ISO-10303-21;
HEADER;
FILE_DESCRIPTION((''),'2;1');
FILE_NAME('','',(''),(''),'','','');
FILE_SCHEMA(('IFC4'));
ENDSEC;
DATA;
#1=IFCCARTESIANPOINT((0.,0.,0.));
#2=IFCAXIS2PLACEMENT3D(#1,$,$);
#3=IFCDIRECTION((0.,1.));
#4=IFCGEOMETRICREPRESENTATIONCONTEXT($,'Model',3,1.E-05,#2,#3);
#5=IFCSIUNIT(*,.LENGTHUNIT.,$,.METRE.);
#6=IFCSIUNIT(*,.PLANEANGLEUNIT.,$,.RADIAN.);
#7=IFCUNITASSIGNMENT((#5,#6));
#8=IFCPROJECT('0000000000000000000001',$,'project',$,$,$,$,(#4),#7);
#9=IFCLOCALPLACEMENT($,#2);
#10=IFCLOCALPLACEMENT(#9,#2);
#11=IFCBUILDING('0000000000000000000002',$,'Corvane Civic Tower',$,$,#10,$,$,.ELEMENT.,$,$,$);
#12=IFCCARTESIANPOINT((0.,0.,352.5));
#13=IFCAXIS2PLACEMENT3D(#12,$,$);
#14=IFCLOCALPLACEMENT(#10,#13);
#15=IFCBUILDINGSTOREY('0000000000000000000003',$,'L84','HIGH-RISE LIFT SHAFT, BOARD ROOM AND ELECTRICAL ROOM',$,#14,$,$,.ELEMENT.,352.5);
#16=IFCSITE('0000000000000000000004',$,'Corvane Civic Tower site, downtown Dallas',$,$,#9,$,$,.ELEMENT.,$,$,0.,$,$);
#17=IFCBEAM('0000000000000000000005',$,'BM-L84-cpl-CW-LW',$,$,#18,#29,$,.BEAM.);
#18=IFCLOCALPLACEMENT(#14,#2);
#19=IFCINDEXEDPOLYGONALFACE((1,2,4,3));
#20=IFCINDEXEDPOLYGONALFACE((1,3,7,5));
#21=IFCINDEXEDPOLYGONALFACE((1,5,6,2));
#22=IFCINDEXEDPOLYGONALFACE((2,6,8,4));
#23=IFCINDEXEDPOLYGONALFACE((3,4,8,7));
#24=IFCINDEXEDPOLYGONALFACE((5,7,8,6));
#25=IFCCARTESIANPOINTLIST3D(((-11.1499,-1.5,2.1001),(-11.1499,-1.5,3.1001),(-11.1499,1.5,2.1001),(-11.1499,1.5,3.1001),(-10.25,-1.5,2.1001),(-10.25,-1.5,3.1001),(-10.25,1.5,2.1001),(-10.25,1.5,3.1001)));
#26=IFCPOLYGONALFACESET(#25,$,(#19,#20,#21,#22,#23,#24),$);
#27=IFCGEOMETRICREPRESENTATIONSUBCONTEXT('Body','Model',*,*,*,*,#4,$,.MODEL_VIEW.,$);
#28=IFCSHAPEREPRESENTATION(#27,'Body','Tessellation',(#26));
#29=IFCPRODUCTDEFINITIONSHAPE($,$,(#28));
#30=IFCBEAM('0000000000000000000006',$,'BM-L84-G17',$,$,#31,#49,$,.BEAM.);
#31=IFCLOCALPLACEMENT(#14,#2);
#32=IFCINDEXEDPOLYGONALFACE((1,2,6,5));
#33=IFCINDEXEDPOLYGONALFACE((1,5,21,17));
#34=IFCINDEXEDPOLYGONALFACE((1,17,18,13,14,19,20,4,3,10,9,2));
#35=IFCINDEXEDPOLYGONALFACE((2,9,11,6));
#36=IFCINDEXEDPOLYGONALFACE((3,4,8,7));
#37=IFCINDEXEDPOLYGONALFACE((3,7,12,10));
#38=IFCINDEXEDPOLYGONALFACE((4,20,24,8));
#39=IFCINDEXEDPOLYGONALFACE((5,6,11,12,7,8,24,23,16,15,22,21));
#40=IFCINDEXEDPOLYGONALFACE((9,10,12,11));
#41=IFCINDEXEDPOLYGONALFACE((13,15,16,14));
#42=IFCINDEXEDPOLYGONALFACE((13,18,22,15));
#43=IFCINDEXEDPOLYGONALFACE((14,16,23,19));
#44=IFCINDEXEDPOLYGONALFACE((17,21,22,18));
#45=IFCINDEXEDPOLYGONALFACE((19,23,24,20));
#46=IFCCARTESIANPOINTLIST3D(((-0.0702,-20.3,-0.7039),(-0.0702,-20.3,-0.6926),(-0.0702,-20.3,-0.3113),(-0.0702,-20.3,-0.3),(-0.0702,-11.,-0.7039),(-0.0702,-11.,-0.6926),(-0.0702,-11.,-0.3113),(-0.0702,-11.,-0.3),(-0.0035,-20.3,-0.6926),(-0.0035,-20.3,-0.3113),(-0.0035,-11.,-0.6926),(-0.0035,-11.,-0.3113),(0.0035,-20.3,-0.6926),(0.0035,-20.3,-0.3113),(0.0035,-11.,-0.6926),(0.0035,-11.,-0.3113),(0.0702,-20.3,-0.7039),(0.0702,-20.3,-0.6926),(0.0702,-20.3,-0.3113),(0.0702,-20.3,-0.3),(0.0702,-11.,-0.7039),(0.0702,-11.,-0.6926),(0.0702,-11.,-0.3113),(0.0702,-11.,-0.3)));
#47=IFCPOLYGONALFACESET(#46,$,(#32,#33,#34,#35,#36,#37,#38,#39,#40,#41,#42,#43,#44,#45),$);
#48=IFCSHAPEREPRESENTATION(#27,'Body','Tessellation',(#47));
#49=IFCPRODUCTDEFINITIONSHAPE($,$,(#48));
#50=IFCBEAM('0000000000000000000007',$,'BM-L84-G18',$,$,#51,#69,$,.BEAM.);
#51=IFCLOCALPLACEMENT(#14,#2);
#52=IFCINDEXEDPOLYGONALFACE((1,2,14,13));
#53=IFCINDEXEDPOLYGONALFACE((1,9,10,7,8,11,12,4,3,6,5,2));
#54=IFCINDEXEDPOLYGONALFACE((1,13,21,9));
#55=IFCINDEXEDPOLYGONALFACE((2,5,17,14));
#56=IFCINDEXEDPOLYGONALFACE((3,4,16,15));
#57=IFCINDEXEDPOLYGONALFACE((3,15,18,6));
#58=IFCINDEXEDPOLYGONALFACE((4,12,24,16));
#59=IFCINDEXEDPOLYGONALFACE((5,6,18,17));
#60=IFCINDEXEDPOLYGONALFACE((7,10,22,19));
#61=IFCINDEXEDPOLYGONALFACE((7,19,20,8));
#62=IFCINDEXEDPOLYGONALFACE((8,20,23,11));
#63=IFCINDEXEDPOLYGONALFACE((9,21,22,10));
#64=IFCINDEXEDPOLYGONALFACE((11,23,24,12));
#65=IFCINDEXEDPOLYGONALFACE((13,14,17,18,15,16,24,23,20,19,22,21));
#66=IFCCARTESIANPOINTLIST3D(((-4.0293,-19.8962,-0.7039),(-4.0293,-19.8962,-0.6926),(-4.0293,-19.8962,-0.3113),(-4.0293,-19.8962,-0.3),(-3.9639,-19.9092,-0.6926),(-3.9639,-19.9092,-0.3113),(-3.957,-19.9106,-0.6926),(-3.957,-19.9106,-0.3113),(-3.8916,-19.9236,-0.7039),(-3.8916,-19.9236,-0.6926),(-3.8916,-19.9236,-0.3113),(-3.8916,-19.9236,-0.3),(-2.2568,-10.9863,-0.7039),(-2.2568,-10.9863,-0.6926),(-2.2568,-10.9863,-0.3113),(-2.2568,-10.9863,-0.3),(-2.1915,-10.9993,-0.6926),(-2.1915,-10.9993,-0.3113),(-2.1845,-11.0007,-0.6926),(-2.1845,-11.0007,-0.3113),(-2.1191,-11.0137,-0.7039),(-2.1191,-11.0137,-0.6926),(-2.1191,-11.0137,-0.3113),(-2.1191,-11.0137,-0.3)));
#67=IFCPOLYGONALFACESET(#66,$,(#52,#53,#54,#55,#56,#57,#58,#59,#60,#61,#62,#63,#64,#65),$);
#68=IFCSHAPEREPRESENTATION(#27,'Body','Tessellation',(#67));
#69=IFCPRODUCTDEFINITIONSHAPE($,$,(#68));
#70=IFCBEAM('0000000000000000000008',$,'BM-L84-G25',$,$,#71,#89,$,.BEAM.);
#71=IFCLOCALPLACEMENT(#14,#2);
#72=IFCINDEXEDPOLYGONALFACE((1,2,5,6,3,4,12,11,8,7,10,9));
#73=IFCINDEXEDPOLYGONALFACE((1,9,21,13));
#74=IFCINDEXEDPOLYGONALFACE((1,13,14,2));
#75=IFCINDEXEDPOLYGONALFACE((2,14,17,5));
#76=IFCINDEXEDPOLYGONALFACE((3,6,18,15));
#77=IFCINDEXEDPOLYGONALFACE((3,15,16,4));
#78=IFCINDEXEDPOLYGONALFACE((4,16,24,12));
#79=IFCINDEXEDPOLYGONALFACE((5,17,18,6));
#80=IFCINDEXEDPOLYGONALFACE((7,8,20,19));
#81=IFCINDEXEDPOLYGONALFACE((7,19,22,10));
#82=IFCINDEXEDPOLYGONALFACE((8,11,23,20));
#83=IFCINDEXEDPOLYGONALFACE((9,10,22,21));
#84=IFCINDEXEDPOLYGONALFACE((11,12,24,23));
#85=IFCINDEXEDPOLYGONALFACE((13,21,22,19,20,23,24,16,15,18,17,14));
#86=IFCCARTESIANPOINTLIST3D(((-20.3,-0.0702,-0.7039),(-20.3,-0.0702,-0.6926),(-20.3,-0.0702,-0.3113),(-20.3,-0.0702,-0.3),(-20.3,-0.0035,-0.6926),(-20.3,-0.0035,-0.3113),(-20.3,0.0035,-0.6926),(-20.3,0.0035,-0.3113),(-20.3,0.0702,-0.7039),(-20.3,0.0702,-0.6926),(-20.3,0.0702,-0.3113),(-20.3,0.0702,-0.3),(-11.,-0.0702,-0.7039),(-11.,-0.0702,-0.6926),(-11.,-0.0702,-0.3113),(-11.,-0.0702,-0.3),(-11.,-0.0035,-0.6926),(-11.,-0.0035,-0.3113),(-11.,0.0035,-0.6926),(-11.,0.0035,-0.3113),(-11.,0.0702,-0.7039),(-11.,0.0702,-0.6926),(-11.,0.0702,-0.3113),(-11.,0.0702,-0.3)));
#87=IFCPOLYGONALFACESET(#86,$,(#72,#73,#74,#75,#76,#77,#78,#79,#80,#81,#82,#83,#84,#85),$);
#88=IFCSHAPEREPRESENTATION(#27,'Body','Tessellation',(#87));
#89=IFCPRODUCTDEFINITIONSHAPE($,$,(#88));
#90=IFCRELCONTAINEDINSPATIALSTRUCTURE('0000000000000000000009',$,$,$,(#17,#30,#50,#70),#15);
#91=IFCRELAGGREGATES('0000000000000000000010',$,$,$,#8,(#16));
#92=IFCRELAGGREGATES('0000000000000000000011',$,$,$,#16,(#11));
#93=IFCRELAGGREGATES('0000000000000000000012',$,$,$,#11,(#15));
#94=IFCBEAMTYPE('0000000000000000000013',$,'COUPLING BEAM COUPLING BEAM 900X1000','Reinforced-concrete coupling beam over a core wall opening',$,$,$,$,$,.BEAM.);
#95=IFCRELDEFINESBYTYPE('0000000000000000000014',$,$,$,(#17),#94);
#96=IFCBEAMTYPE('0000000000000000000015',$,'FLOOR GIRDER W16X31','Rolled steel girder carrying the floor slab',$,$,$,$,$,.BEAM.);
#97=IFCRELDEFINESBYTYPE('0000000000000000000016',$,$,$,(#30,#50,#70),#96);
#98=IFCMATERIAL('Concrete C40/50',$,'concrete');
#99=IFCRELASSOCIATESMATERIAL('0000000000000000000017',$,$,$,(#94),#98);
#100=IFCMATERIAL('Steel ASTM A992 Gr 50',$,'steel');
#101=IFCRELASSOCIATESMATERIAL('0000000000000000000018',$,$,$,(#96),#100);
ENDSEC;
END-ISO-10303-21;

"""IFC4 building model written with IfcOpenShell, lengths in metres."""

from ifc_helpers import new_model, si_unit, direction, frame, origin, origin_2d, place, context, subcontext, project, spatial, rectangle, i_section, extrude, material, material_profile, profile_set, type_object, element, save


model = new_model("IFC4")

# Units and contexts
model_context = context("Model", 3, precision=1e-05, world=origin(), true_north=direction((0.0, 1.0)))
body_context = subcontext(model_context, "Body", "Model", "MODEL_VIEW")
ifc_project = project(units=[si_unit("LENGTHUNIT", "METRE"), si_unit("PLANEANGLEUNIT", "RADIAN")], contexts=[model_context])

# Site, building, storey
site_placement = place(None, origin())
site = spatial("IfcSite", under=ifc_project, at=site_placement, Name="Corvane Civic Tower site, downtown Dallas", CompositionType="ELEMENT", RefElevation=0.0)
building_placement = place(site_placement, origin())
building = spatial("IfcBuilding", under=site, at=building_placement, Name="Corvane Civic Tower", CompositionType="ELEMENT")
storey_placement = place(building_placement, frame((0.0, 0.0, 352.5)))
storey = spatial("IfcBuildingStorey", under=building, at=storey_placement, Name="L84", Description="HIGH-RISE LIFT SHAFT, BOARD ROOM AND ELECTRICAL ROOM", CompositionType="ELEMENT", Elevation=352.5)

# Beams
ifc_material_1 = material(Name="Concrete C40/50", Category="concrete")
ifc_material_profile_1 = material_profile(ifc_material_1, rectangle(XDim=0.8999, YDim=1.0, at=origin_2d()), Name="COUPLING BEAM 900X1000")
ifc_profile_set_1 = profile_set([ifc_material_profile_1], Name="Concrete C40/50")
beam_type_1 = type_object("IfcBeamType", Name="COUPLING BEAM COUPLING BEAM 900X1000", Description="Reinforced-concrete coupling beam over a core wall opening", PredefinedType="BEAM", material=ifc_profile_set_1)
beam_1_placement = place(storey_placement, frame((-10.7, -1.5, 2.6001), z_axis=(0.0, 1.0, 0.0), x_axis=(-1.0, 0.0, 0.0)))
element("IfcBeam", 1, at=beam_1_placement, inside=storey, type_object=beam_type_1, Name="BM-L84-cpl-CW-LW", PredefinedType="BEAM", context=body_context, shape_type="SweptSolid", body=[
    extrude(rectangle(XDim=0.8999, YDim=1.0, at=origin_2d()), origin(), (0.0, 0.0, 1.0), 3.0),
])
ifc_material_2 = material(Name="Steel ASTM A992 Gr 50", Category="steel")
ifc_material_profile_2 = material_profile(ifc_material_2, i_section(OverallWidth=0.1404, OverallDepth=0.4038, WebThickness=0.0071, FlangeThickness=0.0112, at=origin_2d()), Name="W16X31")
ifc_profile_set_2 = profile_set([ifc_material_profile_2], Name="Steel ASTM A992 Gr 50")
beam_type_2 = type_object("IfcBeamType", Name="FLOOR GIRDER W16X31", Description="Rolled steel girder carrying the floor slab", PredefinedType="BEAM", material=ifc_profile_set_2)
beam_2_placement = place(storey_placement, frame((0.0, -11.0, -0.502), z_axis=(0.0, -1.0, 0.0), x_axis=(1.0, 0.0, 0.0)))
element("IfcBeam", 2, at=beam_2_placement, inside=storey, type_object=beam_type_2, Name="BM-L84-G17", PredefinedType="BEAM", context=body_context, shape_type="SweptSolid", body=[
    extrude(i_section(OverallWidth=0.1404, OverallDepth=0.4038, WebThickness=0.0071, FlangeThickness=0.0112, at=origin_2d()), origin(), (0.0, 0.0, 1.0), 9.3),
])
beam_3_placement = place(storey_placement, frame((-2.188, -11.0, -0.502), z_axis=(-0.195108, -0.980782, 0.0), x_axis=(0.980782, -0.195108, 0.0)))
element("IfcBeam", 3, at=beam_3_placement, inside=storey, type_object=beam_type_2, Name="BM-L84-G18", PredefinedType="BEAM", context=body_context, shape_type="SweptSolid", body=[
    extrude(i_section(OverallWidth=0.1404, OverallDepth=0.4038, WebThickness=0.0071, FlangeThickness=0.0112, at=origin_2d()), origin(), (0.0, 0.0, 1.0), 9.0845),
])
beam_4_placement = place(storey_placement, frame((-11.0, 0.0, -0.502), z_axis=(-1.0, 0.0, 0.0), x_axis=(0.0, -1.0, 0.0)))
element("IfcBeam", 4, at=beam_4_placement, inside=storey, type_object=beam_type_2, Name="BM-L84-G25", PredefinedType="BEAM", context=body_context, shape_type="SweptSolid", body=[
    extrude(i_section(OverallWidth=0.1404, OverallDepth=0.4038, WebThickness=0.0071, FlangeThickness=0.0112, at=origin_2d()), origin(), (0.0, 0.0, 1.0), 9.3),
])

save(model, "model.ifc")
